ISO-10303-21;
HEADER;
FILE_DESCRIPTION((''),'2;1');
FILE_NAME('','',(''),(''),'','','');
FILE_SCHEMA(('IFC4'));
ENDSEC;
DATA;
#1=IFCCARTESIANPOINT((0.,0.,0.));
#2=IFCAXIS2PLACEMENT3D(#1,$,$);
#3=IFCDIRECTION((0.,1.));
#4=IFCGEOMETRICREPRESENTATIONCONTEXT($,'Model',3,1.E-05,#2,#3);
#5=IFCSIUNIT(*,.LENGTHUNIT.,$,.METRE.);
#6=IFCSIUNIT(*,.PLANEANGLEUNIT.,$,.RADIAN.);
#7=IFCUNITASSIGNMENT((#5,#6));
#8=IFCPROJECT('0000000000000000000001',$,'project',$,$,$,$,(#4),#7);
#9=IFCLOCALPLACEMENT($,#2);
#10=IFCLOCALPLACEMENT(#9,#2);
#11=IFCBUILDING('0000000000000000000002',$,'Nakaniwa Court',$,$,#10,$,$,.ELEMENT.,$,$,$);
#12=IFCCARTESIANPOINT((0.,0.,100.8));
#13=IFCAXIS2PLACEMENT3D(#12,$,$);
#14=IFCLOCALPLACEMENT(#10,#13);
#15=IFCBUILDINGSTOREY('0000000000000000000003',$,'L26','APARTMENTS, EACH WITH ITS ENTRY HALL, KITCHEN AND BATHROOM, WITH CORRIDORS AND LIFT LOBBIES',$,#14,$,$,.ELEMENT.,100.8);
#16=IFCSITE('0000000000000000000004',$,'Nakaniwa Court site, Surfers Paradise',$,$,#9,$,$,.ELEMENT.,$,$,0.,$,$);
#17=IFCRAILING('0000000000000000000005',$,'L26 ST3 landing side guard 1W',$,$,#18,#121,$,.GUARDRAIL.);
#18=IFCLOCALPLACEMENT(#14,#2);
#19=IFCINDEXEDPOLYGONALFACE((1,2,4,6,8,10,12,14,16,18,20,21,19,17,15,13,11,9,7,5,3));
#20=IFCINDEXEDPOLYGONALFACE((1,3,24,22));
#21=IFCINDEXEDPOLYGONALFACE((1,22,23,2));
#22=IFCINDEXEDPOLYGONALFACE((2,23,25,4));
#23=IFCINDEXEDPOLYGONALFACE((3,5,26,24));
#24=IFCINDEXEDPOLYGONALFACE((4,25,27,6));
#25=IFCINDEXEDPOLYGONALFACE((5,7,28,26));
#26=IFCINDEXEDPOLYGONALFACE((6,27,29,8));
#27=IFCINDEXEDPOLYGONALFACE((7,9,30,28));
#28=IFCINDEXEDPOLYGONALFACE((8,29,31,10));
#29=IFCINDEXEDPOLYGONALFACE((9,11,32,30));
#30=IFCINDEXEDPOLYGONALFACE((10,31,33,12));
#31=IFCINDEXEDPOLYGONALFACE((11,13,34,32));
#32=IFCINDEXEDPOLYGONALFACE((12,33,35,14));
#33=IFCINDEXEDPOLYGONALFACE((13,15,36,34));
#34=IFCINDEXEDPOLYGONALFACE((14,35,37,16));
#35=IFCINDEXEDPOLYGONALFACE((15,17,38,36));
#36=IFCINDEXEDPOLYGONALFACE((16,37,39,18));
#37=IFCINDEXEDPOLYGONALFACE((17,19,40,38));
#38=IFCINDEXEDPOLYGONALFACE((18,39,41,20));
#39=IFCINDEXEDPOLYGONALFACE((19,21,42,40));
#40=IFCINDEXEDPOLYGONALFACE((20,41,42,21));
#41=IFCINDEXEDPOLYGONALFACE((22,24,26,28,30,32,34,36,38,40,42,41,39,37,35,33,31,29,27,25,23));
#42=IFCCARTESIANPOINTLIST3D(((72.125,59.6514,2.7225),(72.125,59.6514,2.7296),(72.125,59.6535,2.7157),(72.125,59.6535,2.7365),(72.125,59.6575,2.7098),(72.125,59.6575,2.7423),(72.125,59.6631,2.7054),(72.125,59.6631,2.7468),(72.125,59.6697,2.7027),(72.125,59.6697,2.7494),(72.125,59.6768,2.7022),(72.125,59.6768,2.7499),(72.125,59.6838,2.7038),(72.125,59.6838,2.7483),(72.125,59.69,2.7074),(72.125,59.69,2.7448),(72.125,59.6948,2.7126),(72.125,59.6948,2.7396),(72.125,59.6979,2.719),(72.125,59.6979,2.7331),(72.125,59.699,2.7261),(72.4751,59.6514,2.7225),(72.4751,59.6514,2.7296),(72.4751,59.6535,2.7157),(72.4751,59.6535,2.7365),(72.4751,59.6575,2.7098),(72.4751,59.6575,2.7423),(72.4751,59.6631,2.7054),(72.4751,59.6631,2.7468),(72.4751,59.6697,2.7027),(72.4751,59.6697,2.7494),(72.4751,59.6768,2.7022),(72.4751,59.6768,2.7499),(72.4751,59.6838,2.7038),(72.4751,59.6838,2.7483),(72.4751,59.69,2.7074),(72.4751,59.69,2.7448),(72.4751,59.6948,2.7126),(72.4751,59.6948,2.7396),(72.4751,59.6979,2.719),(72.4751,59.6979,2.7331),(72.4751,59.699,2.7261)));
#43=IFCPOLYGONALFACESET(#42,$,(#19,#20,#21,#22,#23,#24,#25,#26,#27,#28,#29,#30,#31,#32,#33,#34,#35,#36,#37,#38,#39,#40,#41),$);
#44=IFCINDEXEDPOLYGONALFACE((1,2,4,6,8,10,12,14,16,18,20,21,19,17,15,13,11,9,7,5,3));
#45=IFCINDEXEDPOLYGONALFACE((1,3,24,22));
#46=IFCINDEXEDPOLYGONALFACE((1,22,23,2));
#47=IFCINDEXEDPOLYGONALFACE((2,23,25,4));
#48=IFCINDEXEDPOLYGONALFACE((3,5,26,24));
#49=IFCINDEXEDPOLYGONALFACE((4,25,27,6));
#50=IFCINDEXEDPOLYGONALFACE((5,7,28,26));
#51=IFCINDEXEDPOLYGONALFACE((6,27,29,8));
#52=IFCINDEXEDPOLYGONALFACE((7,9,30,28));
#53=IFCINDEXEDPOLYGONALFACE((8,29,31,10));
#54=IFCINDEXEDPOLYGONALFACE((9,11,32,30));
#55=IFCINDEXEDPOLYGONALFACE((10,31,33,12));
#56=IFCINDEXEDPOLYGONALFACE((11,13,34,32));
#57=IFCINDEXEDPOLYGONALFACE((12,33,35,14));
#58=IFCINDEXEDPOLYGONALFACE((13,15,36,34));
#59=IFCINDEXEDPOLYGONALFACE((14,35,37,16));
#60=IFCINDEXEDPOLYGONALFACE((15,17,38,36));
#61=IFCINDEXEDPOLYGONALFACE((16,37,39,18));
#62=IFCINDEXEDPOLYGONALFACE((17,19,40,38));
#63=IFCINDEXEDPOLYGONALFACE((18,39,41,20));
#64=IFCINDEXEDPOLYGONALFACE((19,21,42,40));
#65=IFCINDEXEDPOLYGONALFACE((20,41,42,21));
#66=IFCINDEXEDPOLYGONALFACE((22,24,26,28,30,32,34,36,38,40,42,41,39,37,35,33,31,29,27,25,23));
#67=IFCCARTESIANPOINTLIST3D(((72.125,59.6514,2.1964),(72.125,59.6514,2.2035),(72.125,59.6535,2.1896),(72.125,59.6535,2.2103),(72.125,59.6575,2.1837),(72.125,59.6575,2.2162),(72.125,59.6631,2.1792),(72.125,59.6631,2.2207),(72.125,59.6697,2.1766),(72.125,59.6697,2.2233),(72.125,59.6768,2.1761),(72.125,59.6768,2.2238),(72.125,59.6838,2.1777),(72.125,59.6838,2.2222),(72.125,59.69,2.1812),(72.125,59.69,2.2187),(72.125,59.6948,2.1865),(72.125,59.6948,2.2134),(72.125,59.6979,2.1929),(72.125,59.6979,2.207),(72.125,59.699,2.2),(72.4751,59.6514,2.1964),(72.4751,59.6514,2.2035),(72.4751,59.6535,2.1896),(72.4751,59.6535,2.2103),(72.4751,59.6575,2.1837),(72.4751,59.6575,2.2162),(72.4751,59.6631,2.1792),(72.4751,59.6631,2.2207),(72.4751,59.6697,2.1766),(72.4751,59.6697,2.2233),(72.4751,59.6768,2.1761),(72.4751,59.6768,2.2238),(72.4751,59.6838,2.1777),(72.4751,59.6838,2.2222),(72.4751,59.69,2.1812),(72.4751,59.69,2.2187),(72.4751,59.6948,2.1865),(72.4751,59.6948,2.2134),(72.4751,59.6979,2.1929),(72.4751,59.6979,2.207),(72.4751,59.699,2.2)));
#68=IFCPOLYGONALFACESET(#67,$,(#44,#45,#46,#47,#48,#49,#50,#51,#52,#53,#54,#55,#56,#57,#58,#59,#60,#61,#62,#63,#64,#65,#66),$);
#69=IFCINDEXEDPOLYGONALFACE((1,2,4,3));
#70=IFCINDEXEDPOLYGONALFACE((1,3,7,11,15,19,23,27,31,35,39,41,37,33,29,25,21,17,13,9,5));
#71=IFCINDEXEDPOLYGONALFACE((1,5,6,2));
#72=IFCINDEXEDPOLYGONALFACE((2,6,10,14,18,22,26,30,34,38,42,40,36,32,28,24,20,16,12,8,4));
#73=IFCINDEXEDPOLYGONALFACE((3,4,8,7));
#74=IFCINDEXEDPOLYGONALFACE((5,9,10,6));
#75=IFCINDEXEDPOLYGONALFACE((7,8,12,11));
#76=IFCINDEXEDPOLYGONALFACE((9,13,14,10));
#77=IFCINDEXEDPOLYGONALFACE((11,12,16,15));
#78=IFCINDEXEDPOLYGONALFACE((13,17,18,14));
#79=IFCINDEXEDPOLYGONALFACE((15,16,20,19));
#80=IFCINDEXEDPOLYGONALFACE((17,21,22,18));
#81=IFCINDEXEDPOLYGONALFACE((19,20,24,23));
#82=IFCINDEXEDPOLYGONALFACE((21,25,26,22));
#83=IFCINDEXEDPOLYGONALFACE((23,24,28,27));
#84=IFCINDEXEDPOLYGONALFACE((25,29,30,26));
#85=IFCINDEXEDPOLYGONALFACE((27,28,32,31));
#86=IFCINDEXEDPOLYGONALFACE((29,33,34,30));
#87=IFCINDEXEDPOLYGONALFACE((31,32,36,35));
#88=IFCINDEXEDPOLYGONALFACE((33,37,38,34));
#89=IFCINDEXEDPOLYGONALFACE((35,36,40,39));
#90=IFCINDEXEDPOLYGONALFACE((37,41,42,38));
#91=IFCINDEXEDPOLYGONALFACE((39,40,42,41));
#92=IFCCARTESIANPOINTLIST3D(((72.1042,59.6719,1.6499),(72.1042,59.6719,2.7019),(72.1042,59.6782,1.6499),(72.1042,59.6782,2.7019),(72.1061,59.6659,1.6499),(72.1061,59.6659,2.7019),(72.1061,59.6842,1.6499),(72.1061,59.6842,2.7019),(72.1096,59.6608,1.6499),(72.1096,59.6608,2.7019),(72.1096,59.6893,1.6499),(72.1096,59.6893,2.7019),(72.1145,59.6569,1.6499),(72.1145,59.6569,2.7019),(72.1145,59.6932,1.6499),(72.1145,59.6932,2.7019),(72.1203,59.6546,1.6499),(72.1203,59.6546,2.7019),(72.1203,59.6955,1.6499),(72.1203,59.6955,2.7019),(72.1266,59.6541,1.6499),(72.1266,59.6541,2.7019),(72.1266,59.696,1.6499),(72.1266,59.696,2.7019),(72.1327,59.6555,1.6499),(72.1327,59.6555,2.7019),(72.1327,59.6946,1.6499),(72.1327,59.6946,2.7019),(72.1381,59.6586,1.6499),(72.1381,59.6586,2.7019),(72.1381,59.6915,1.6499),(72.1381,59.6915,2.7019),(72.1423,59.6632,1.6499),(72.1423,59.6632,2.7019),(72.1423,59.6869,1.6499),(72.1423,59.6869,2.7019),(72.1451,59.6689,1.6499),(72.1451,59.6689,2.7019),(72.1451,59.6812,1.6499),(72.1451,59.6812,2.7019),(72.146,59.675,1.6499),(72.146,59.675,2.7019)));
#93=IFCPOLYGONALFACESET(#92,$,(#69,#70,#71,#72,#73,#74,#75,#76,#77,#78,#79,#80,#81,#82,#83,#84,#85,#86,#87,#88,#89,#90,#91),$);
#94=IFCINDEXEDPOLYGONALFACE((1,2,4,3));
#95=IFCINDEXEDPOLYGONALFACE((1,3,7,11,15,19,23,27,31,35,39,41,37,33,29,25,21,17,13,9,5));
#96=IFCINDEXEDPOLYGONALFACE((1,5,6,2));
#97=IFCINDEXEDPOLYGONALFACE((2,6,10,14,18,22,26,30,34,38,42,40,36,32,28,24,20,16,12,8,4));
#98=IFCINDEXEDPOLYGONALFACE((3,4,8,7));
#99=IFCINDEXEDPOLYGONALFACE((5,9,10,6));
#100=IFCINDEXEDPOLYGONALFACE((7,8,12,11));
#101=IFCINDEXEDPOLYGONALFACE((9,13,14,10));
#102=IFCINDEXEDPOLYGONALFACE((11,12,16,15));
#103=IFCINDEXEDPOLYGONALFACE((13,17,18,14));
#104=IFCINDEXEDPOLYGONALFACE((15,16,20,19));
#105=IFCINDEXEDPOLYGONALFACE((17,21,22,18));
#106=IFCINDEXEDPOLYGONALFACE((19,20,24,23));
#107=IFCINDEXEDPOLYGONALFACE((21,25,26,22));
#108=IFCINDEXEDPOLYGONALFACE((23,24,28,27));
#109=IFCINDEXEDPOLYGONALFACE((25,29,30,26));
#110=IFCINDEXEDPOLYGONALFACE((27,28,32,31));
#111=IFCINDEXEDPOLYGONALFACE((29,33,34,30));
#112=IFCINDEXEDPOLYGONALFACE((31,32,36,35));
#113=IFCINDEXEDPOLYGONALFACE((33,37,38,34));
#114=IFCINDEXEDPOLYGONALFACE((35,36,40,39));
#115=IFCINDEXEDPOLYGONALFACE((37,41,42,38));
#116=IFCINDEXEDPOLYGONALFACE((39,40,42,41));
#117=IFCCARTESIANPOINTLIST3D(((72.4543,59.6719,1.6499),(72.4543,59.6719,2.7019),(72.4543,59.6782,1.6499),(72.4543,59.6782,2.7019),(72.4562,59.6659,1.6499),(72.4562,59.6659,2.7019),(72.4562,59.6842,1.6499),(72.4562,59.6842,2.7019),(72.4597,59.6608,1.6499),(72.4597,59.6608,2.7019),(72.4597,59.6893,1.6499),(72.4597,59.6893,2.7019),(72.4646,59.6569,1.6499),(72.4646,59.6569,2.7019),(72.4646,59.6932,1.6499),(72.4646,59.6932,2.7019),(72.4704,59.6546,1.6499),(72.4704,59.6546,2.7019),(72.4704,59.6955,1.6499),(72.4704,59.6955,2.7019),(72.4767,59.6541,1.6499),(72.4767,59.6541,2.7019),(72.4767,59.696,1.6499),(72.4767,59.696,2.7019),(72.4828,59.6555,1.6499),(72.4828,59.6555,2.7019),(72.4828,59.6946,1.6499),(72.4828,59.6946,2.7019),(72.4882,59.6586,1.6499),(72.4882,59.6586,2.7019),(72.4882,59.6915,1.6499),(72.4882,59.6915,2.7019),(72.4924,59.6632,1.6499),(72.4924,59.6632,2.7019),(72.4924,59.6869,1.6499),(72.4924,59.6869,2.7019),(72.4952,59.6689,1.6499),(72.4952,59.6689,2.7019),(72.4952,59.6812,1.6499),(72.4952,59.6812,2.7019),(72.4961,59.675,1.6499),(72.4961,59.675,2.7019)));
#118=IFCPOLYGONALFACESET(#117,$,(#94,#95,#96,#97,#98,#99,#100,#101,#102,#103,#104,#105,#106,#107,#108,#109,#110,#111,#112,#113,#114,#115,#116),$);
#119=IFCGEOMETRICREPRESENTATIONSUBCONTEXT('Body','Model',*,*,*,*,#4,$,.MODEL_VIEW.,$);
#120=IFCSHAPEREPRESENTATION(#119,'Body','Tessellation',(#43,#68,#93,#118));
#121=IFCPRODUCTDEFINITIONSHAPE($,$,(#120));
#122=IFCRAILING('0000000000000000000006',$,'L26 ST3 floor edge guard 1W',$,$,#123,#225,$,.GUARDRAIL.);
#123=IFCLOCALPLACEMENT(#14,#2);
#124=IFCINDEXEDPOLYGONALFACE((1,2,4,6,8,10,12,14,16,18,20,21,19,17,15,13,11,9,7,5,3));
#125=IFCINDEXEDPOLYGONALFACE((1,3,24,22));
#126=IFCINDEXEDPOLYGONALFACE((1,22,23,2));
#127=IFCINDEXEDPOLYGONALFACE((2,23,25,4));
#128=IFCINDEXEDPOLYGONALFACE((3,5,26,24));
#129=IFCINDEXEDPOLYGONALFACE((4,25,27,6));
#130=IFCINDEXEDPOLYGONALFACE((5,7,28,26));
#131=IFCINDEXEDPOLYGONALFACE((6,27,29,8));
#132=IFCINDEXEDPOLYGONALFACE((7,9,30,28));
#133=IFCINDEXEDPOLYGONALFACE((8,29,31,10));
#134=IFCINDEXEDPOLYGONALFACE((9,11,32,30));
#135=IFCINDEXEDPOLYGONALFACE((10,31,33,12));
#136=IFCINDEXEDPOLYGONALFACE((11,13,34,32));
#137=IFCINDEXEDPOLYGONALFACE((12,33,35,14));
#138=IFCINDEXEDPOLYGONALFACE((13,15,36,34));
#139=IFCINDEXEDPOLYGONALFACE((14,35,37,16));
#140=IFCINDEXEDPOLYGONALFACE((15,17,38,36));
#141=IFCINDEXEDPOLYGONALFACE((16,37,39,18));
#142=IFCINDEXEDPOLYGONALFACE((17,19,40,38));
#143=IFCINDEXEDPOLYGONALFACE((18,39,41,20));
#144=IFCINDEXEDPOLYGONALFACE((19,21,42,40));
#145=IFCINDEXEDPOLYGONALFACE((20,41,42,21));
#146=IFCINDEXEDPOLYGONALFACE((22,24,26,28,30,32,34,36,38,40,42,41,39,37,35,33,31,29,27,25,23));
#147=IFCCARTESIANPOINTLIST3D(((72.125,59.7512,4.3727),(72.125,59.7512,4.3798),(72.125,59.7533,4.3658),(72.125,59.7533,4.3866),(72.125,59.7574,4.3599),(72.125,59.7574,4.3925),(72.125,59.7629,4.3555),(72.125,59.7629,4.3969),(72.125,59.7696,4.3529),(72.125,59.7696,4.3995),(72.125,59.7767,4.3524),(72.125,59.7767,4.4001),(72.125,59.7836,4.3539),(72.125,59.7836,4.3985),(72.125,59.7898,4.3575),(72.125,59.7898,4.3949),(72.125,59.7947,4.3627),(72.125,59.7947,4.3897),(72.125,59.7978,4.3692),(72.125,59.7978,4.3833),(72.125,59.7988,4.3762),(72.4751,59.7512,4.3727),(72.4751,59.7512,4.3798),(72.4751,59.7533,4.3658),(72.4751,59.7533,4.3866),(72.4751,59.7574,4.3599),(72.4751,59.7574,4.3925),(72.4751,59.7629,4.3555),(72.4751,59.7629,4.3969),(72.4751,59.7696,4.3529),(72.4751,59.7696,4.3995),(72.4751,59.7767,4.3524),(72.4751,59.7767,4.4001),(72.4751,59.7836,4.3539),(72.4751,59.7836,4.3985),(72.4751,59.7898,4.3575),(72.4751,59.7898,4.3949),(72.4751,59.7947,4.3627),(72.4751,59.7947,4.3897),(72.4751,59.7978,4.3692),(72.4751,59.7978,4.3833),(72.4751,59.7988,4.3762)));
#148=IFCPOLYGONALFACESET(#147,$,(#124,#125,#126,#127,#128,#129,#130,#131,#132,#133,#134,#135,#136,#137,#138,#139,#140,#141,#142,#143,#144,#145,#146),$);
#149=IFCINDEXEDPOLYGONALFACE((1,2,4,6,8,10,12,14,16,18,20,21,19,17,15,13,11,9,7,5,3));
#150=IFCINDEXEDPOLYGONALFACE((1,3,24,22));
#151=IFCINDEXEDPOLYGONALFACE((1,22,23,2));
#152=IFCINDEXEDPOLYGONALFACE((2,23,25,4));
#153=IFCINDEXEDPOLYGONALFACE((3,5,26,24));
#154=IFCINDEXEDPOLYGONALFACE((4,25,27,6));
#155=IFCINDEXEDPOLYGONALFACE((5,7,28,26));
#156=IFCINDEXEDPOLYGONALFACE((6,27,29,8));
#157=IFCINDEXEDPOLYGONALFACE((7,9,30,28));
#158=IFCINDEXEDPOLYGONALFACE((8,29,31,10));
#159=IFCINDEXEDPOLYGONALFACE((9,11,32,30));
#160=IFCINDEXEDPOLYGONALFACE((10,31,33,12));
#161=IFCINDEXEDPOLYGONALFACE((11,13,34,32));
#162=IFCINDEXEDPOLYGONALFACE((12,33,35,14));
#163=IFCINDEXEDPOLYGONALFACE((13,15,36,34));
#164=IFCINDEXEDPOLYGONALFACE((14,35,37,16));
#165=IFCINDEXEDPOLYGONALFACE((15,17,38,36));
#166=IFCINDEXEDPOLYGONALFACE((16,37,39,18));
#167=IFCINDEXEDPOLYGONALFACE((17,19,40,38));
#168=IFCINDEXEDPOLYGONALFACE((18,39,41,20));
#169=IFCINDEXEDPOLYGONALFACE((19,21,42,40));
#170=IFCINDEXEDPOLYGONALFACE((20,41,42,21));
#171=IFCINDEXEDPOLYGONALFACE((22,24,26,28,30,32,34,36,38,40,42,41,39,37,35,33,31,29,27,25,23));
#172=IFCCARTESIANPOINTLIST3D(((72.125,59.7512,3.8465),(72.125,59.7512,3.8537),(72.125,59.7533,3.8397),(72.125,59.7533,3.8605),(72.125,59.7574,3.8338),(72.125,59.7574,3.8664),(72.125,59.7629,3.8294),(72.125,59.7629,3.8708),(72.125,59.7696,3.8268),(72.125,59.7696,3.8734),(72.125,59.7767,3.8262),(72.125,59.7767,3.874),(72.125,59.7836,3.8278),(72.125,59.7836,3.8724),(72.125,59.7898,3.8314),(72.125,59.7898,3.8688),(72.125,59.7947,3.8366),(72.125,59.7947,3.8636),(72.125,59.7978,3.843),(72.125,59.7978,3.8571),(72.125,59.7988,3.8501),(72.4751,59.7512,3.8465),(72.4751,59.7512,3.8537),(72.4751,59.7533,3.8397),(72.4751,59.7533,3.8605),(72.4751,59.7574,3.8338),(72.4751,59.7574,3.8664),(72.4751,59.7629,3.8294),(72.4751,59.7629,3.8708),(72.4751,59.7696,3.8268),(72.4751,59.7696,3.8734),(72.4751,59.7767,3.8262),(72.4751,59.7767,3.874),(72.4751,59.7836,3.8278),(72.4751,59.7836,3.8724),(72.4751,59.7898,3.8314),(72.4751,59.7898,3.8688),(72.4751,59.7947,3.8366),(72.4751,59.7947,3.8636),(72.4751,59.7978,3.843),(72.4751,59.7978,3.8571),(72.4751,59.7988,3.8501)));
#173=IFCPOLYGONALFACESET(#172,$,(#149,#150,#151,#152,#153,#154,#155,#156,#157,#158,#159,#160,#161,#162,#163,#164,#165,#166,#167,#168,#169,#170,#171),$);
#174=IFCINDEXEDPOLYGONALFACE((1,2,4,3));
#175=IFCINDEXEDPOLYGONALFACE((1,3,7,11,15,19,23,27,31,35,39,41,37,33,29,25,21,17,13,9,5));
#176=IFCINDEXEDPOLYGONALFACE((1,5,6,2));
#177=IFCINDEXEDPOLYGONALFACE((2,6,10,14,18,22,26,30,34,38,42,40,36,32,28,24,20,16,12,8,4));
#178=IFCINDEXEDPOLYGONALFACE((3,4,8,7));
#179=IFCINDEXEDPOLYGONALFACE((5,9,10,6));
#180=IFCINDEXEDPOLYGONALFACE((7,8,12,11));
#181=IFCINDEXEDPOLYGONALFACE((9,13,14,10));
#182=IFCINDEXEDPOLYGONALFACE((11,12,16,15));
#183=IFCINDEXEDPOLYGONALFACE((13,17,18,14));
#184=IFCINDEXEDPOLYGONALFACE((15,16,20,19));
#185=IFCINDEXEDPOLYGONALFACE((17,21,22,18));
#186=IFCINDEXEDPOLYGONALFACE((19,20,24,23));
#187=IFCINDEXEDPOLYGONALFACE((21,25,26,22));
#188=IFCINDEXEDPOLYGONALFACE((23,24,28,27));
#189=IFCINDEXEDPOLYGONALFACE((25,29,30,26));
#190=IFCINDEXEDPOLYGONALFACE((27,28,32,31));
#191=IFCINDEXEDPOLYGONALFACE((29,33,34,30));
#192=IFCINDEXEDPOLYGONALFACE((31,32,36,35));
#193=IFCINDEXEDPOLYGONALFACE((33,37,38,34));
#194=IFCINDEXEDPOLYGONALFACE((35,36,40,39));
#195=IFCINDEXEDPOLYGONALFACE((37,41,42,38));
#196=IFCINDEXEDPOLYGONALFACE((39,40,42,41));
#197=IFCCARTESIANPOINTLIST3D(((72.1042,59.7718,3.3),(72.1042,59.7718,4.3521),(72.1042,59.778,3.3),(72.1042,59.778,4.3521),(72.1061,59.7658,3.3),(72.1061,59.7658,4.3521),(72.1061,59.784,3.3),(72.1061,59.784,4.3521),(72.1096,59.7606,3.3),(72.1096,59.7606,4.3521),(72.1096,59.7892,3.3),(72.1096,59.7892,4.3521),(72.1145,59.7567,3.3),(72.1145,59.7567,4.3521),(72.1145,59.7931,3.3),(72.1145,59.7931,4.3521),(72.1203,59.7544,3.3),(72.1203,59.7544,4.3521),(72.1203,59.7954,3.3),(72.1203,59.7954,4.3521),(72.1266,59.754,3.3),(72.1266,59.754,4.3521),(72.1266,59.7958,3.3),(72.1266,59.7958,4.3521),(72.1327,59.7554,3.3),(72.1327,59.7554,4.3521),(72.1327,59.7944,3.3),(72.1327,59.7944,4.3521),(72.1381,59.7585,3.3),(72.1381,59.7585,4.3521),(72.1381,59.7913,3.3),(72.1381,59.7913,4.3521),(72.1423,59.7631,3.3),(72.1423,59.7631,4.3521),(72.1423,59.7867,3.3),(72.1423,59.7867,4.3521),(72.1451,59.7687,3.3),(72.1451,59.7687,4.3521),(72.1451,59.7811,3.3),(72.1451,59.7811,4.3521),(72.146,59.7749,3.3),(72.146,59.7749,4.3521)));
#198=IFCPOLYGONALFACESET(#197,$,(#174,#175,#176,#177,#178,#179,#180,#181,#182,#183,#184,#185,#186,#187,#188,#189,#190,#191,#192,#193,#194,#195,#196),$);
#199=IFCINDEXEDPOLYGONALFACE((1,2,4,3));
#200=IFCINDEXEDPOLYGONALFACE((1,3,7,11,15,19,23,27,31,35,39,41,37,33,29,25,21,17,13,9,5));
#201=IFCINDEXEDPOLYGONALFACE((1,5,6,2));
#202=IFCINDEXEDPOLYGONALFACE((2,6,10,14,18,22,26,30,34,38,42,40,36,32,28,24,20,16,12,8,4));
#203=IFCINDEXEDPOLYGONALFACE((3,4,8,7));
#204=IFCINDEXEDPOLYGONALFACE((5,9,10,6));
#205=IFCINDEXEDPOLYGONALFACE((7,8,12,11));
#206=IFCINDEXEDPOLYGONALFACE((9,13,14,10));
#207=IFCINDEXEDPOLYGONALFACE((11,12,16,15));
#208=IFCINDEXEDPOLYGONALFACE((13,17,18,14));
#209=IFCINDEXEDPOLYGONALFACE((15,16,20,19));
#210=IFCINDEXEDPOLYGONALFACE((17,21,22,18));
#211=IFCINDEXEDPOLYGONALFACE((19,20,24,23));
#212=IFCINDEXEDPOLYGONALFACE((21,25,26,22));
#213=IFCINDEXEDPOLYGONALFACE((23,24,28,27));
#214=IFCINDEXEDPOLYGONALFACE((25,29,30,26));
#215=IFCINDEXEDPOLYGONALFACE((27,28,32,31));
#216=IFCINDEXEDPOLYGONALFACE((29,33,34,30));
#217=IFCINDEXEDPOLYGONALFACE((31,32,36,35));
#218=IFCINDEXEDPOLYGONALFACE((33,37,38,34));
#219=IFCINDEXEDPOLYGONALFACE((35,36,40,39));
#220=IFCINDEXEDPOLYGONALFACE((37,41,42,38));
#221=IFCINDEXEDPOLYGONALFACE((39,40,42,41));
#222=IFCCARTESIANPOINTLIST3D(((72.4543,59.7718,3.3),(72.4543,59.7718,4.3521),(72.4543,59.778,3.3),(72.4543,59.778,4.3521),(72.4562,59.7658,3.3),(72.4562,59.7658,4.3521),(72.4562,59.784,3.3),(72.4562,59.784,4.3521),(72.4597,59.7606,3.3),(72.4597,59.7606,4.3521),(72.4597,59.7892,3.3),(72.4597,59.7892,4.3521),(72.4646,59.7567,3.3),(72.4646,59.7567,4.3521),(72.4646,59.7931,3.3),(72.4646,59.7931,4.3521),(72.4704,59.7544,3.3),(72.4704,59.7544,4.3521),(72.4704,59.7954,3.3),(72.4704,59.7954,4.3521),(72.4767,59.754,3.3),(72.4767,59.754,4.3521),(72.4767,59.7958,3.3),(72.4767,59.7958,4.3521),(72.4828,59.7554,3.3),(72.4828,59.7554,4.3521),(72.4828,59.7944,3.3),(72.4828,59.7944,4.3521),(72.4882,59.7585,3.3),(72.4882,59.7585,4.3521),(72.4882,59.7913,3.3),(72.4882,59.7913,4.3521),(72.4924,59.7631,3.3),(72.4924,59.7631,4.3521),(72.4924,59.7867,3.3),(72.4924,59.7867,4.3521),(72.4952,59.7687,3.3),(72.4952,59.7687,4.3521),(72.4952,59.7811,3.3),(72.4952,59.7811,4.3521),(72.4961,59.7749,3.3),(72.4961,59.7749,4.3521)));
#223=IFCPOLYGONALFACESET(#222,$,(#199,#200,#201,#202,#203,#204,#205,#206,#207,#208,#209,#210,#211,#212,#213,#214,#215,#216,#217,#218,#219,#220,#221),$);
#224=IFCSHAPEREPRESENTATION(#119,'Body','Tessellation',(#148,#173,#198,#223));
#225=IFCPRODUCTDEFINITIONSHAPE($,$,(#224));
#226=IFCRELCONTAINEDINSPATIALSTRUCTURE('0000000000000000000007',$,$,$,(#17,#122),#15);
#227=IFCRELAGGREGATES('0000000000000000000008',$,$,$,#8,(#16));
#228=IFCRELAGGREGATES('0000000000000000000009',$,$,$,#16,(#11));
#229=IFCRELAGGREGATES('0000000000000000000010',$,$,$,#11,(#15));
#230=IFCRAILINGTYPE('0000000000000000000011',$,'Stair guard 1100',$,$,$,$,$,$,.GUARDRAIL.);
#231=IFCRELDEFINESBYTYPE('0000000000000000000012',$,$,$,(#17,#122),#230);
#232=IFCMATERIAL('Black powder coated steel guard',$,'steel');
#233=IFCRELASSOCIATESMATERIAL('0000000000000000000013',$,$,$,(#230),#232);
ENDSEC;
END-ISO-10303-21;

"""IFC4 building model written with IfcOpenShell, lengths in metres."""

from ifc_helpers import new_model, si_unit, direction, frame, origin, origin_2d, place, context, subcontext, project, spatial, circle, extrude, material, type_object, element, save


model = new_model("IFC4")

# Units and contexts
model_context = context("Model", 3, precision=1e-05, world=origin(), true_north=direction((0.0, 1.0)))
body_context = subcontext(model_context, "Body", "Model", "MODEL_VIEW")
ifc_project = project(units=[si_unit("LENGTHUNIT", "METRE"), si_unit("PLANEANGLEUNIT", "RADIAN")], contexts=[model_context])

# Site, building, storey
site_placement = place(None, origin())
site = spatial("IfcSite", under=ifc_project, at=site_placement, Name="Nakaniwa Court site, Surfers Paradise", CompositionType="ELEMENT", RefElevation=0.0)
building_placement = place(site_placement, origin())
building = spatial("IfcBuilding", under=site, at=building_placement, Name="Nakaniwa Court", CompositionType="ELEMENT")
storey_placement = place(building_placement, frame((0.0, 0.0, 100.8)))
storey = spatial("IfcBuildingStorey", under=building, at=storey_placement, Name="L26", Description="APARTMENTS, EACH WITH ITS ENTRY HALL, KITCHEN AND BATHROOM, WITH CORRIDORS AND LIFT LOBBIES", CompositionType="ELEMENT", Elevation=100.8)

# Railings
ifc_material_1 = material(Name="Black powder coated steel guard", Category="steel")
railing_type_1 = type_object("IfcRailingType", Name="Stair guard 1100", PredefinedType="GUARDRAIL", material=ifc_material_1)
for number, where, name in (
    (1, (72.125, 59.675, 1.6499), "L26 ST3 landing side guard 1W"),
    (2, (72.125, 59.7749, 3.3), "L26 ST3 floor edge guard 1W"),
):
    element("IfcRailing", number, at=place(storey_placement, frame(where)), inside=storey, type_object=railing_type_1, Name=name, PredefinedType="GUARDRAIL", context=body_context, shape_type="SweptSolid", body=[
        extrude(circle(Radius=0.0239, at=origin_2d()), frame((0.0, 0.0, 1.0762), z_axis=(1.0, 0.0, 0.0), x_axis=(0.0, 1.0, 0.0)), (0.0, 0.0, 1.0), 0.3501),
        extrude(circle(Radius=0.0239, at=origin_2d()), frame((0.0, 0.0, 0.55), z_axis=(1.0, 0.0, 0.0), x_axis=(0.0, 1.0, 0.0)), (0.0, 0.0, 1.0), 0.3501),
        extrude(circle(Radius=0.021, at=origin_2d()), origin(), (0.0, 0.0, 1.0), 1.052),
        extrude(circle(Radius=0.021, at=origin_2d()), frame((0.3501, 0.0, 0.0)), (0.0, 0.0, 1.0), 1.052),
    ])

save(model, "model.ifc")
